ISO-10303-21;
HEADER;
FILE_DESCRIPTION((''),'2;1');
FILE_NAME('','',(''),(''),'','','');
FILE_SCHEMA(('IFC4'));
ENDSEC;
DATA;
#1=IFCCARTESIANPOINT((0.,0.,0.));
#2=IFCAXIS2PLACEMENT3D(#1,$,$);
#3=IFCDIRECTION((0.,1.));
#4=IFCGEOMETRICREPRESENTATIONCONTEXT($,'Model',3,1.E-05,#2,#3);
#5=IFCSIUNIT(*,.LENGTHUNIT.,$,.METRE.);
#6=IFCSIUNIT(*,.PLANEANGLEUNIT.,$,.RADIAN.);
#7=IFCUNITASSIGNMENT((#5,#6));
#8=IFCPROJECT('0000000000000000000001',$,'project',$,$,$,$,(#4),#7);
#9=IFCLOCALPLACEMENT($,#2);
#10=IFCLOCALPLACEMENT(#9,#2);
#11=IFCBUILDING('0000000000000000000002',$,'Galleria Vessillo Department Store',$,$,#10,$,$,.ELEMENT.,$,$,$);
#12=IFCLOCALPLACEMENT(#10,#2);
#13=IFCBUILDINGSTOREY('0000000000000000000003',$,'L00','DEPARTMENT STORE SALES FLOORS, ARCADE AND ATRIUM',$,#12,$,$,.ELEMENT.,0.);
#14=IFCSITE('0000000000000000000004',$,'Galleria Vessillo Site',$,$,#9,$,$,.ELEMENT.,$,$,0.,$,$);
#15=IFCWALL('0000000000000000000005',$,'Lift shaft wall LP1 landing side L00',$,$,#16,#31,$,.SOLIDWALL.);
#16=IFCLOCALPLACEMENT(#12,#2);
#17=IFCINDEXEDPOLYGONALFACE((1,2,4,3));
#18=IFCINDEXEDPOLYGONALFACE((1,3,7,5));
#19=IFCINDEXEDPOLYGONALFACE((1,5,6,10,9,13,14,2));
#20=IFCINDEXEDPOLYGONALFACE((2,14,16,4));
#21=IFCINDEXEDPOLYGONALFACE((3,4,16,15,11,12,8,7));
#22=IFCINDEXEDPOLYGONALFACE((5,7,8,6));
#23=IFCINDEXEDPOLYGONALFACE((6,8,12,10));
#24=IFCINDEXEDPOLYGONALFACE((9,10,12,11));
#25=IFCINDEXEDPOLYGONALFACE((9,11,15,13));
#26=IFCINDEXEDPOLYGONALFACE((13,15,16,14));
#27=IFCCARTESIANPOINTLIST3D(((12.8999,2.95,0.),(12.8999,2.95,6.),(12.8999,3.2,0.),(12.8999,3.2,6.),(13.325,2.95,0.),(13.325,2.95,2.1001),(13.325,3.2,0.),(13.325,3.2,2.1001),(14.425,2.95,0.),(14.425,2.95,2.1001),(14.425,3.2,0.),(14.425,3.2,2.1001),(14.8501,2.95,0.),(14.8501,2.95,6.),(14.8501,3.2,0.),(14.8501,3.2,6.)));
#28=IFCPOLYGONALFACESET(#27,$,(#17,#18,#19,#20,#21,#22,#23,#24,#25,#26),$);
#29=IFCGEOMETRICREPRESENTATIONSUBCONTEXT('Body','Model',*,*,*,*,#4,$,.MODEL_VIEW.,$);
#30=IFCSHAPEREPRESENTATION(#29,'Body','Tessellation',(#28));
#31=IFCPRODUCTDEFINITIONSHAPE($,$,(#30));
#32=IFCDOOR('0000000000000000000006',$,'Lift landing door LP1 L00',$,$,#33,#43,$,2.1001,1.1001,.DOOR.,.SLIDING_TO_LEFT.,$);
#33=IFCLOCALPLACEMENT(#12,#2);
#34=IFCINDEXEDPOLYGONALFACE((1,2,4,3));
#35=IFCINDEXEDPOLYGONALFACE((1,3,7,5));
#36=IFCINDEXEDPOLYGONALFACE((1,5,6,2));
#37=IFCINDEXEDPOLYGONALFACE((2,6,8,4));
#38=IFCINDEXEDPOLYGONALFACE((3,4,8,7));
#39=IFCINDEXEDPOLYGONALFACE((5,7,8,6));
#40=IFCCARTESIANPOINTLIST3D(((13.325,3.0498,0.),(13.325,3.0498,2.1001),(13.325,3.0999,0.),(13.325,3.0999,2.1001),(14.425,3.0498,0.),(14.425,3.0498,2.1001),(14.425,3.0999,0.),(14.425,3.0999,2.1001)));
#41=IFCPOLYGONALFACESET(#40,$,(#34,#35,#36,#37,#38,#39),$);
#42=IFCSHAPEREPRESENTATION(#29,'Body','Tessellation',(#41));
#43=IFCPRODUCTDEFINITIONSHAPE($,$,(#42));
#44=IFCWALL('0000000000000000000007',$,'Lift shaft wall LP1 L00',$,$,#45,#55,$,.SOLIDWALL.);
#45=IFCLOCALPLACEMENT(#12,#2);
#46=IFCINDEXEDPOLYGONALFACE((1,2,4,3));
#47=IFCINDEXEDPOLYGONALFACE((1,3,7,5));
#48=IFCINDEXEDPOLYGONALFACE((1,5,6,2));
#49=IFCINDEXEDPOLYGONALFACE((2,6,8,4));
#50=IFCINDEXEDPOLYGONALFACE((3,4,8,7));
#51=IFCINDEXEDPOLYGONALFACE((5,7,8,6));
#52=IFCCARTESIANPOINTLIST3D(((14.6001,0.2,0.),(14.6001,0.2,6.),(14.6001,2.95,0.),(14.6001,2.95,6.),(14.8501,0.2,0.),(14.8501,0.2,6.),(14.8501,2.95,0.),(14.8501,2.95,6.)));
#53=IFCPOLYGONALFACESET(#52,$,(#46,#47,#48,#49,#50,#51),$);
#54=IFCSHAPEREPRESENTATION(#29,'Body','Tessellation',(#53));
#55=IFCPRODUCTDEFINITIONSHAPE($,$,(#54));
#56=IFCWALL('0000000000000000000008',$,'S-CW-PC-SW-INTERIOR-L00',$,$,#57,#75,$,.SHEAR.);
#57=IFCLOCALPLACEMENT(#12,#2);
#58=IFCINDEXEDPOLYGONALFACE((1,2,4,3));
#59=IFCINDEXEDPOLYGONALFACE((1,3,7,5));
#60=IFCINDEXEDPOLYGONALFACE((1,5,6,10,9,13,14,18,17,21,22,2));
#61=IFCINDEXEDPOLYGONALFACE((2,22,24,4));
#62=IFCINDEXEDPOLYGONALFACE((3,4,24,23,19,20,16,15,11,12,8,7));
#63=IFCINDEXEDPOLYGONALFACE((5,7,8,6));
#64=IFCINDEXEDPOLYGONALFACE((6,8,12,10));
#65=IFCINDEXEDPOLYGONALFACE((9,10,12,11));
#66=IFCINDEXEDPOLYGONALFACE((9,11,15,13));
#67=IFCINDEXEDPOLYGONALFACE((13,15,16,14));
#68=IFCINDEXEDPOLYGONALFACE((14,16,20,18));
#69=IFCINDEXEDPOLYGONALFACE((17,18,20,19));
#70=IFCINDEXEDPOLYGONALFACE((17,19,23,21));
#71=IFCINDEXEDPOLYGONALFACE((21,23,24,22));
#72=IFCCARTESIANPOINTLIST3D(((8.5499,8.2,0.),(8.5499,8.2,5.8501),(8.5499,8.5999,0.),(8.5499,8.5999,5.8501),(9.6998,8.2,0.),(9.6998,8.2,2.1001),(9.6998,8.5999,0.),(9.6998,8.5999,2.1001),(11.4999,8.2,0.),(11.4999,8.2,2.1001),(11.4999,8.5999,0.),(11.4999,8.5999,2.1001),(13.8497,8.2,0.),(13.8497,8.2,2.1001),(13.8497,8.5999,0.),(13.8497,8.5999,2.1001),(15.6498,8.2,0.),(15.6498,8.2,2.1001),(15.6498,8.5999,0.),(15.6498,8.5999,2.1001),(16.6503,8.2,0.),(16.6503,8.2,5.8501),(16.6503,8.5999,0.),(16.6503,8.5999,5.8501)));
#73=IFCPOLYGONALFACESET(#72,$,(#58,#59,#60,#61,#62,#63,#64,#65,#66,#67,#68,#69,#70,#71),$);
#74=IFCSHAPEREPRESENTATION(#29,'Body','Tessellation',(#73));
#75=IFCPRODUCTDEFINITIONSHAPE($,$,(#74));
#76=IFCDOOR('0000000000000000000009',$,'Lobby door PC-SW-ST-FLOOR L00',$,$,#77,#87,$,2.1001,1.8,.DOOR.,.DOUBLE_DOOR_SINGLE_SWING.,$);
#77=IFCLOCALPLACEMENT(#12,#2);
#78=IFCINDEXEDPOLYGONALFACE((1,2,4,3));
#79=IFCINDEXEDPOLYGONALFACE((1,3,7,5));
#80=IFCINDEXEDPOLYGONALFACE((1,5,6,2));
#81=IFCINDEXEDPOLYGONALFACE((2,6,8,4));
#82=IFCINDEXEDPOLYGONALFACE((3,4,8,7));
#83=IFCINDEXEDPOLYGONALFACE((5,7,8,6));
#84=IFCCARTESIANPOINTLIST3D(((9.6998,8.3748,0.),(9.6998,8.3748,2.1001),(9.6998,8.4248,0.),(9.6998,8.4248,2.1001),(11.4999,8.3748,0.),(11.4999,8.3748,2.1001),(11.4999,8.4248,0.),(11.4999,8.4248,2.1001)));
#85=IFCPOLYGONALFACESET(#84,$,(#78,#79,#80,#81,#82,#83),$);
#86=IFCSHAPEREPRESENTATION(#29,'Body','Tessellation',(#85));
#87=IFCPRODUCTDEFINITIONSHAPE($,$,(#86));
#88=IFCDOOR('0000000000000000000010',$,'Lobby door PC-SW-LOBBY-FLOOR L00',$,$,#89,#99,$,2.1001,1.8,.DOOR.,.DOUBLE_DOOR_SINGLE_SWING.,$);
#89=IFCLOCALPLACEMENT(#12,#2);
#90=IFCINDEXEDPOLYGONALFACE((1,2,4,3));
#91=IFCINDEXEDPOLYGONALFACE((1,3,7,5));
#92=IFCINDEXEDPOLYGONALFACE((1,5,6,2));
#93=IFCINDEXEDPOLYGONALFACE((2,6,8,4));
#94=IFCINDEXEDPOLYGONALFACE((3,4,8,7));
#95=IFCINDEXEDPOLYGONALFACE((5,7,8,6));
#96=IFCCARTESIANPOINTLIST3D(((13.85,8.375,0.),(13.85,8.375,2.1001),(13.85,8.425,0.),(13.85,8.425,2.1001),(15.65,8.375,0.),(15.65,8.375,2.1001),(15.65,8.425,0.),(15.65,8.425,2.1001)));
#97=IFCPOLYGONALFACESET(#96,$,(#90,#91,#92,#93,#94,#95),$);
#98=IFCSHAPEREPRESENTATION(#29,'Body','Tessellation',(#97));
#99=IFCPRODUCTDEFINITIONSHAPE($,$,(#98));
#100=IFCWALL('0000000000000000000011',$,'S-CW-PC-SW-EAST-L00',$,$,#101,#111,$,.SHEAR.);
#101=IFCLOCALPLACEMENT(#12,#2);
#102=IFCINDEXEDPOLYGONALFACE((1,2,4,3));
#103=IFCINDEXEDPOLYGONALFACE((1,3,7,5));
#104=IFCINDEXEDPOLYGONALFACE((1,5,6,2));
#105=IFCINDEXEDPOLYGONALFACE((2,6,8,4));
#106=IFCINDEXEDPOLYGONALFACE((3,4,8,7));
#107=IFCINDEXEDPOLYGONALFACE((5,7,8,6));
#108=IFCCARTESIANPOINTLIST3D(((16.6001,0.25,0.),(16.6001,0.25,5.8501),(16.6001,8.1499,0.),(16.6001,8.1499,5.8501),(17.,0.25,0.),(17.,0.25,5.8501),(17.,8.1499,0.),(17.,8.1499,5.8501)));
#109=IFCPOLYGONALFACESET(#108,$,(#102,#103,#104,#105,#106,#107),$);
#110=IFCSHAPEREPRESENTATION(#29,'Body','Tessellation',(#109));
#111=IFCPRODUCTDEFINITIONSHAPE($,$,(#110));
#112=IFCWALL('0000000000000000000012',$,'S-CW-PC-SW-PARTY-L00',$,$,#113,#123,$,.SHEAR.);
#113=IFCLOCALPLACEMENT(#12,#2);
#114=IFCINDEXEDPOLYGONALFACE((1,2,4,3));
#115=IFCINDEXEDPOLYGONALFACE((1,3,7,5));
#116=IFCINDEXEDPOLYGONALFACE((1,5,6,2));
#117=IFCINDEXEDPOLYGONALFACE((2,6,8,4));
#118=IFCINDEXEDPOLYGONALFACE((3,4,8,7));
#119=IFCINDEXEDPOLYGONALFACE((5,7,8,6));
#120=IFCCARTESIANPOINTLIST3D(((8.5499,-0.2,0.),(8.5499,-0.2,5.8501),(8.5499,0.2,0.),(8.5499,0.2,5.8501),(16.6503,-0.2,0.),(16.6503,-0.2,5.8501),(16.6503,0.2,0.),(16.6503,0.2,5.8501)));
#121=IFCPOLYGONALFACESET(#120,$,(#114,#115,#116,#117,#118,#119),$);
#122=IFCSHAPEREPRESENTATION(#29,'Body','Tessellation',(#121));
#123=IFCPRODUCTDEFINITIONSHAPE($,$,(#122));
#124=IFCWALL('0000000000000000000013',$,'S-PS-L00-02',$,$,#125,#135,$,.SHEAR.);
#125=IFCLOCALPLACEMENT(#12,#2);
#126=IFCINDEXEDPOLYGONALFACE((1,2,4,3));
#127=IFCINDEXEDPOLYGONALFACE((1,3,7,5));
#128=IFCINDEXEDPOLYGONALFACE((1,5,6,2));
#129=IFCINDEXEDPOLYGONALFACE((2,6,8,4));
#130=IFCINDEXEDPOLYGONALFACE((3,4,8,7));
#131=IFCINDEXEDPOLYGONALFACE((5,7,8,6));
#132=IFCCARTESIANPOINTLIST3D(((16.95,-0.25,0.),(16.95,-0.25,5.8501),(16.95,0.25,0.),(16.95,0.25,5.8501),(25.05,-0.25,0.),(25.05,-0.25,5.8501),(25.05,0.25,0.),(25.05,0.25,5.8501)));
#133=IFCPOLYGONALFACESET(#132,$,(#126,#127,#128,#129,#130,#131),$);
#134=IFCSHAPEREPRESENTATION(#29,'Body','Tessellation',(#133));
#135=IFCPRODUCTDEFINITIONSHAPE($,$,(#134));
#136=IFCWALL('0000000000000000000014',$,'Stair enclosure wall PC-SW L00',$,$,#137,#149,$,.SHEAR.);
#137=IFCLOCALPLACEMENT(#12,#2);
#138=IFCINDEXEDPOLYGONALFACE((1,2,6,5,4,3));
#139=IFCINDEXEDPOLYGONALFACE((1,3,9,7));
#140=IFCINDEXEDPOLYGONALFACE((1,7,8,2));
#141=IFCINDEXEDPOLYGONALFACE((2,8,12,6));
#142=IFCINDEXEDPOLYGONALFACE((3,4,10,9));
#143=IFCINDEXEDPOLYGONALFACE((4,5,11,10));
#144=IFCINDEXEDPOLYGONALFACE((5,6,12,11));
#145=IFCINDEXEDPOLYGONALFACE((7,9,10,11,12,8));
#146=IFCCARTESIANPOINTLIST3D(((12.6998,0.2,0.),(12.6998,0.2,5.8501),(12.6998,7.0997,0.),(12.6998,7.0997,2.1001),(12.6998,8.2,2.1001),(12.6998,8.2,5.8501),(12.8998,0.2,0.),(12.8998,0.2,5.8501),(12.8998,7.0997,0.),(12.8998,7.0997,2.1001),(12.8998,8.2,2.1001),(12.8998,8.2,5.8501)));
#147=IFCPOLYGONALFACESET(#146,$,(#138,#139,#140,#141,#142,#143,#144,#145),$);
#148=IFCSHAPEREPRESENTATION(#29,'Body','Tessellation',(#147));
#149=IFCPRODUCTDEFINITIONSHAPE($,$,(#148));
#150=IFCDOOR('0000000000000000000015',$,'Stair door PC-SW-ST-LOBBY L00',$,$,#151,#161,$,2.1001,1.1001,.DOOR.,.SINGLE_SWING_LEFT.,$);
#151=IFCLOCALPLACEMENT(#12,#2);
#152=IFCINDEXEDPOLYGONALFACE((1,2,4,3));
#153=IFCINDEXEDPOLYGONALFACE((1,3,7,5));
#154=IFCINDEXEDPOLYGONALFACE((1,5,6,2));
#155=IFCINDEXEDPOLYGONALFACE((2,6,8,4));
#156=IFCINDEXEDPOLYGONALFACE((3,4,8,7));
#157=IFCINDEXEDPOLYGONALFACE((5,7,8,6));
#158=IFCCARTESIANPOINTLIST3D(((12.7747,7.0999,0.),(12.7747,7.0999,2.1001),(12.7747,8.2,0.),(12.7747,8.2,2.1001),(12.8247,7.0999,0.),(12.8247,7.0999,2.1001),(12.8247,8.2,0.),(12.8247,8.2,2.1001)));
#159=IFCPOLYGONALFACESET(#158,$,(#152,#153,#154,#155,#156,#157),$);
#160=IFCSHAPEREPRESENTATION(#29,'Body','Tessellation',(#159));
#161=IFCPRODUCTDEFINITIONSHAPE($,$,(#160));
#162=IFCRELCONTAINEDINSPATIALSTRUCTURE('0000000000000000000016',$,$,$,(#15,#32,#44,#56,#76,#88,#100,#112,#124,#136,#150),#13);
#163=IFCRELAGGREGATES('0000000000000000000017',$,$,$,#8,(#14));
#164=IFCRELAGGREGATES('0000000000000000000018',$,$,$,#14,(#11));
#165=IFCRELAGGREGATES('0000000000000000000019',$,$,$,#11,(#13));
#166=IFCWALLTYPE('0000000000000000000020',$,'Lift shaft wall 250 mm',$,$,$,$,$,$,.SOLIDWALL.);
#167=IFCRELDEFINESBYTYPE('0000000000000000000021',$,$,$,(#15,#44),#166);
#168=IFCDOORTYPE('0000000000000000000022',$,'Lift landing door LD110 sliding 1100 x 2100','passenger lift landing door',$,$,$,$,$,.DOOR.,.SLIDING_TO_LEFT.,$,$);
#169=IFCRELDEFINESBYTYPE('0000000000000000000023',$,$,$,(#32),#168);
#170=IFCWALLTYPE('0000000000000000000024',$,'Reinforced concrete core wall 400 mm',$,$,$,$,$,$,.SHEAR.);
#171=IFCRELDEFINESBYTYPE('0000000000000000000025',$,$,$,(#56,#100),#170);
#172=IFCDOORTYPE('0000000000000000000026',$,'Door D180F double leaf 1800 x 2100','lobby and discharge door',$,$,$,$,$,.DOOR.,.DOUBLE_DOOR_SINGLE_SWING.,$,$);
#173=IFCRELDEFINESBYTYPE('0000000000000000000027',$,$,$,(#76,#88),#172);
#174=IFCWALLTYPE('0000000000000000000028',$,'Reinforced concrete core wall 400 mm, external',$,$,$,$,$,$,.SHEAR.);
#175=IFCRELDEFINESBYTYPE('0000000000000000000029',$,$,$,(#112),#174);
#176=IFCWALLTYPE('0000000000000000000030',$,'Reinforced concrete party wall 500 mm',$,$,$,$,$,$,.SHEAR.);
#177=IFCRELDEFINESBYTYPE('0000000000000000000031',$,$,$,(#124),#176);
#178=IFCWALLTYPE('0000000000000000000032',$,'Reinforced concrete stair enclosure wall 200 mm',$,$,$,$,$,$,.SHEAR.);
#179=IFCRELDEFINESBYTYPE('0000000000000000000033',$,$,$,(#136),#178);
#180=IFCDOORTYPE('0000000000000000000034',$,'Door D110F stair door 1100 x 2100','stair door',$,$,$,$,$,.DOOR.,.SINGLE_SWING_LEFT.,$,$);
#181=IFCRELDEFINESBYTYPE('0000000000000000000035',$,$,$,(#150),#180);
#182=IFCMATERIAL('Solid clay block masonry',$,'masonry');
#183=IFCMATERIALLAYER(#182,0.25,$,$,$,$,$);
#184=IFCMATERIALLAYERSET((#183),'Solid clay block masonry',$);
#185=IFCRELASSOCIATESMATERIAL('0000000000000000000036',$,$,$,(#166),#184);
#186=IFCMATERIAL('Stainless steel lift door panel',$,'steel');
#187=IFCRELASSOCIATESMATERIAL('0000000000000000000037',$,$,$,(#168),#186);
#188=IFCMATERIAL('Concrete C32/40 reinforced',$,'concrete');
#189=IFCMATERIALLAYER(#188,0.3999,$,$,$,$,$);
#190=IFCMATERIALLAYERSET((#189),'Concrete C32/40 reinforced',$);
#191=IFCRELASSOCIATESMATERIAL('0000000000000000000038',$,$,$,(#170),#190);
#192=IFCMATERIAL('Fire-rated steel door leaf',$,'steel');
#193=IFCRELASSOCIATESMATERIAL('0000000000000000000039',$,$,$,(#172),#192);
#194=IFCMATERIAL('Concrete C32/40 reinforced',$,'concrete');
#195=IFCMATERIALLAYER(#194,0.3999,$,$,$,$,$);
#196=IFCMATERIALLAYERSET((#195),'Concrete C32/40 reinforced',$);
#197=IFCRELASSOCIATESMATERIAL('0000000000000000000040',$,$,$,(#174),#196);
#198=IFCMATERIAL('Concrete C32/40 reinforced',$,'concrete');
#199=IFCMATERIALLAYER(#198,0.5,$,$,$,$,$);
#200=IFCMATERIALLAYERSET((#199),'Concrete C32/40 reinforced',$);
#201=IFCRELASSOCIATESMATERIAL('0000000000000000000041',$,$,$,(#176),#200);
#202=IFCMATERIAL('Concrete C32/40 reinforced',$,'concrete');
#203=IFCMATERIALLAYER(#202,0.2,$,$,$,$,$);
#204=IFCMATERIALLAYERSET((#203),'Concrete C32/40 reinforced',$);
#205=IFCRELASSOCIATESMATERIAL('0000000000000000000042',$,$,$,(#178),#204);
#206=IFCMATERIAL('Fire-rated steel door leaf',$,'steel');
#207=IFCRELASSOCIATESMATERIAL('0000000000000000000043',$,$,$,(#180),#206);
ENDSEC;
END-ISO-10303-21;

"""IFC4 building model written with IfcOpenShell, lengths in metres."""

from ifc_helpers import new_model, si_unit, direction, frame, frame_2d, origin, place, context, subcontext, project, spatial, rectangle, extrude, material, layer, layer_set, type_object, element, fill, save


model = new_model("IFC4")

# Units and contexts
model_context = context("Model", 3, precision=1e-05, world=origin(), true_north=direction((0.0, 1.0)))
body_context = subcontext(model_context, "Body", "Model", "MODEL_VIEW")
ifc_project = project(units=[si_unit("LENGTHUNIT", "METRE"), si_unit("PLANEANGLEUNIT", "RADIAN")], contexts=[model_context])

# Site, building, storey
site_placement = place(None, origin())
site = spatial("IfcSite", under=ifc_project, at=site_placement, Name="Galleria Vessillo Site", CompositionType="ELEMENT", RefElevation=0.0)
building_placement = place(site_placement, origin())
building = spatial("IfcBuilding", under=site, at=building_placement, Name="Galleria Vessillo Department Store", CompositionType="ELEMENT")
storey_placement = place(building_placement, origin())
storey = spatial("IfcBuildingStorey", under=building, at=storey_placement, Name="L00", Description="DEPARTMENT STORE SALES FLOORS, ARCADE AND ATRIUM", CompositionType="ELEMENT", Elevation=0.0)

# Wall, opening, door
ifc_material_1 = material(Name="Solid clay block masonry", Category="masonry")
ifc_layer_1 = layer(ifc_material_1, 0.25)
ifc_layer_set_1 = layer_set([ifc_layer_1], Name="Solid clay block masonry")
wall_type_1 = type_object("IfcWallType", Name="Lift shaft wall 250 mm", PredefinedType="SOLIDWALL", material=ifc_layer_set_1)
wall_1_placement = place(storey_placement, frame((12.8999, 3.075, 0.0), z_axis=(0.0, 0.0, 1.0), x_axis=(1.0, 0.0, 0.0)))
wall_1 = element("IfcWall", 1, at=wall_1_placement, inside=storey, type_object=wall_type_1, Name="Lift shaft wall LP1 landing side L00", PredefinedType="SOLIDWALL", context=body_context, shape_type="SweptSolid", body=[
    extrude(rectangle(XDim=1.9502, YDim=0.25, at=frame_2d((0.9751, 0.0))), origin(), (0.0, 0.0, 1.0), 6.0),
])
opening_1_placement = place(wall_1_placement, frame((0.425, 0.0, 0.0)))
opening_1 = element("IfcOpeningElement", 2, at=opening_1_placement, cuts=wall_1, PredefinedType="OPENING", context=body_context, shape_type="SweptSolid", body=[
    extrude(rectangle(XDim=1.1001, YDim=2.1001, at=frame_2d((0.55, 1.05))), frame((0.0, 0.135, 0.0), z_axis=(0.0, -1.0, 0.0), x_axis=(1.0, 0.0, 0.0)), (0.0, 0.0, 1.0), 0.27),
])
ifc_material_2 = material(Name="Stainless steel lift door panel", Category="steel")
door_type_1 = type_object("IfcDoorType", Name="Lift landing door LD110 sliding 1100 x 2100", Description="passenger lift landing door", OperationType="SLIDING_TO_LEFT", PredefinedType="DOOR", material=ifc_material_2)
door_1_placement = place(opening_1_placement, origin())
door_1 = element("IfcDoor", 3, at=door_1_placement, inside=storey, type_object=door_type_1, Name="Lift landing door LP1 L00", OperationType="SLIDING_TO_LEFT", OverallHeight=2.1001, OverallWidth=1.1001, PredefinedType="DOOR", context=body_context, shape_type="SweptSolid", body=[
    extrude(rectangle(XDim=1.1001, YDim=2.1001, at=frame_2d((0.55, 1.05))), frame((0.0, 0.0249, 0.0), z_axis=(0.0, -1.0, 0.0), x_axis=(1.0, 0.0, 0.0)), (0.0, 0.0, 1.0), 0.05),
])
fill(opening_1, door_1)

# Wall
wall_2_placement = place(storey_placement, frame((14.7251, 0.2, 0.0), z_axis=(0.0, 0.0, 1.0), x_axis=(0.0, 1.0, 0.0)))
element("IfcWall", 4, at=wall_2_placement, inside=storey, type_object=wall_type_1, Name="Lift shaft wall LP1 L00", PredefinedType="SOLIDWALL", context=body_context, shape_type="SweptSolid", body=[
    extrude(rectangle(XDim=2.75, YDim=0.25, at=frame_2d((1.375, 0.0))), origin(), (0.0, 0.0, 1.0), 6.0),
])

# Wall, openings, doors
ifc_material_3 = material(Name="Concrete C32/40 reinforced", Category="concrete")
ifc_layer_2 = layer(ifc_material_3, 0.3999)
ifc_layer_set_2 = layer_set([ifc_layer_2], Name="Concrete C32/40 reinforced")
wall_type_2 = type_object("IfcWallType", Name="Reinforced concrete core wall 400 mm", PredefinedType="SHEAR", material=ifc_layer_set_2)
wall_3_placement = place(storey_placement, frame((8.5498, 8.3999, 0.0), z_axis=(0.0, 0.0, 1.0), x_axis=(1.0, 0.0, 0.0)))
wall_3 = element("IfcWall", 5, at=wall_3_placement, inside=storey, type_object=wall_type_2, Name="S-CW-PC-SW-INTERIOR-L00", PredefinedType="SHEAR", context=body_context, shape_type="SweptSolid", body=[
    extrude(rectangle(XDim=8.1003, YDim=0.3999, at=frame_2d((4.0503, 0.0))), origin(), (0.0, 0.0, 1.0), 5.8501),
])
opening_2_placement = place(wall_3_placement, frame((1.1501, 0.0, 0.0)))
opening_2 = element("IfcOpeningElement", 6, at=opening_2_placement, cuts=wall_3, PredefinedType="OPENING", context=body_context, shape_type="SweptSolid", body=[
    extrude(rectangle(XDim=1.8, YDim=2.1001, at=frame_2d((0.8999, 1.05))), frame((0.0, 0.21, 0.0), z_axis=(0.0, -1.0, 0.0), x_axis=(1.0, 0.0, 0.0)), (0.0, 0.0, 1.0), 0.4199),
])
opening_3_placement = place(wall_3_placement, frame((5.3, 0.0, 0.0)))
opening_3 = element("IfcOpeningElement", 7, at=opening_3_placement, cuts=wall_3, PredefinedType="OPENING", context=body_context, shape_type="SweptSolid", body=[
    extrude(rectangle(XDim=1.8, YDim=2.1001, at=frame_2d((0.8999, 1.05))), frame((0.0, 0.21, 0.0), z_axis=(0.0, -1.0, 0.0), x_axis=(1.0, 0.0, 0.0)), (0.0, 0.0, 1.0), 0.4199),
])
ifc_material_4 = material(Name="Fire-rated steel door leaf", Category="steel")
door_type_2 = type_object("IfcDoorType", Name="Door D180F double leaf 1800 x 2100", Description="lobby and discharge door", OperationType="DOUBLE_DOOR_SINGLE_SWING", PredefinedType="DOOR", material=ifc_material_4)
door_2_placement = place(opening_2_placement, origin())
door_2 = element("IfcDoor", 8, at=door_2_placement, inside=storey, type_object=door_type_2, Name="Lobby door PC-SW-ST-FLOOR L00", OperationType="DOUBLE_DOOR_SINGLE_SWING", OverallHeight=2.1001, OverallWidth=1.8, PredefinedType="DOOR", context=body_context, shape_type="SweptSolid", body=[
    extrude(rectangle(XDim=1.8, YDim=2.1001, at=frame_2d((0.8999, 1.05))), frame((0.0, 0.0249, 0.0), z_axis=(0.0, -1.0, 0.0), x_axis=(1.0, 0.0, 0.0)), (0.0, 0.0, 1.0), 0.05),
])
fill(opening_2, door_2)
door_3_placement = place(opening_3_placement, frame((1.8, 0.0, 0.0), z_axis=(0.0, 0.0, 1.0), x_axis=(-1.0, 0.0, 0.0)))
door_3 = element("IfcDoor", 9, at=door_3_placement, inside=storey, type_object=door_type_2, Name="Lobby door PC-SW-LOBBY-FLOOR L00", OperationType="DOUBLE_DOOR_SINGLE_SWING", OverallHeight=2.1001, OverallWidth=1.8, PredefinedType="DOOR", context=body_context, shape_type="SweptSolid", body=[
    extrude(rectangle(XDim=1.8, YDim=2.1001, at=frame_2d((0.8999, 1.05))), frame((0.0, 0.0249, 0.0), z_axis=(0.0, -1.0, 0.0), x_axis=(1.0, 0.0, 0.0)), (0.0, 0.0, 1.0), 0.05),
])
fill(opening_3, door_3)

# Walls
wall_4_placement = place(storey_placement, frame((16.8, 0.25, 0.0), z_axis=(0.0, 0.0, 1.0), x_axis=(0.0, 1.0, 0.0)))
element("IfcWall", 10, at=wall_4_placement, inside=storey, type_object=wall_type_2, Name="S-CW-PC-SW-EAST-L00", PredefinedType="SHEAR", context=body_context, shape_type="SweptSolid", body=[
    extrude(rectangle(XDim=7.8999, YDim=0.3999, at=frame_2d((3.95, 0.0))), origin(), (0.0, 0.0, 1.0), 5.8501),
])
ifc_material_5 = material(Name="Concrete C32/40 reinforced", Category="concrete")
ifc_layer_3 = layer(ifc_material_5, 0.3999)
ifc_layer_set_3 = layer_set([ifc_layer_3], Name="Concrete C32/40 reinforced")
wall_type_3 = type_object("IfcWallType", Name="Reinforced concrete core wall 400 mm, external", PredefinedType="SHEAR", material=ifc_layer_set_3)
wall_5_placement = place(storey_placement, frame((8.5498, 0.0, 0.0), z_axis=(0.0, 0.0, 1.0), x_axis=(1.0, 0.0, 0.0)))
element("IfcWall", 11, at=wall_5_placement, inside=storey, type_object=wall_type_3, Name="S-CW-PC-SW-PARTY-L00", PredefinedType="SHEAR", context=body_context, shape_type="SweptSolid", body=[
    extrude(rectangle(XDim=8.1003, YDim=0.3999, at=frame_2d((4.0503, 0.0))), origin(), (0.0, 0.0, 1.0), 5.8501),
])
ifc_material_6 = material(Name="Concrete C32/40 reinforced", Category="concrete")
ifc_layer_4 = layer(ifc_material_6, 0.5)
ifc_layer_set_4 = layer_set([ifc_layer_4], Name="Concrete C32/40 reinforced")
wall_type_4 = type_object("IfcWallType", Name="Reinforced concrete party wall 500 mm", PredefinedType="SHEAR", material=ifc_layer_set_4)
wall_6_placement = place(storey_placement, frame((16.95, 0.0, 0.0), z_axis=(0.0, 0.0, 1.0), x_axis=(1.0, 0.0, 0.0)))
element("IfcWall", 12, at=wall_6_placement, inside=storey, type_object=wall_type_4, Name="S-PS-L00-02", PredefinedType="SHEAR", context=body_context, shape_type="SweptSolid", body=[
    extrude(rectangle(XDim=8.1001, YDim=0.5, at=frame_2d((4.05, 0.0))), origin(), (0.0, 0.0, 1.0), 5.8501),
])

# Wall, opening, door
ifc_material_7 = material(Name="Concrete C32/40 reinforced", Category="concrete")
ifc_layer_5 = layer(ifc_material_7, 0.2)
ifc_layer_set_5 = layer_set([ifc_layer_5], Name="Concrete C32/40 reinforced")
wall_type_5 = type_object("IfcWallType", Name="Reinforced concrete stair enclosure wall 200 mm", PredefinedType="SHEAR", material=ifc_layer_set_5)
wall_7_placement = place(storey_placement, frame((12.7998, 0.2, 0.0), z_axis=(0.0, 0.0, 1.0), x_axis=(0.0, 1.0, 0.0)))
wall_7 = element("IfcWall", 13, at=wall_7_placement, inside=storey, type_object=wall_type_5, Name="Stair enclosure wall PC-SW L00", PredefinedType="SHEAR", context=body_context, shape_type="SweptSolid", body=[
    extrude(rectangle(XDim=8.0, YDim=0.2, at=frame_2d((4.0, 0.0))), origin(), (0.0, 0.0, 1.0), 5.8501),
])
opening_4_placement = place(wall_7_placement, frame((6.8999, 0.0, 0.0)))
opening_4 = element("IfcOpeningElement", 14, at=opening_4_placement, cuts=wall_7, PredefinedType="OPENING", context=body_context, shape_type="SweptSolid", body=[
    extrude(rectangle(XDim=1.1101, YDim=2.1001, at=frame_2d((0.5549, 1.05))), frame((0.0, 0.1099, 0.0), z_axis=(0.0, -1.0, 0.0), x_axis=(1.0, 0.0, 0.0)), (0.0, 0.0, 1.0), 0.22),
])
ifc_material_8 = material(Name="Fire-rated steel door leaf", Category="steel")
door_type_3 = type_object("IfcDoorType", Name="Door D110F stair door 1100 x 2100", Description="stair door", OperationType="SINGLE_SWING_LEFT", PredefinedType="DOOR", material=ifc_material_8)
door_4_placement = place(opening_4_placement, frame((1.1001, 0.0, 0.0), z_axis=(0.0, 0.0, 1.0), x_axis=(-1.0, 0.0, 0.0)))
door_4 = element("IfcDoor", 15, at=door_4_placement, inside=storey, type_object=door_type_3, Name="Stair door PC-SW-ST-LOBBY L00", OperationType="SINGLE_SWING_LEFT", OverallHeight=2.1001, OverallWidth=1.1001, PredefinedType="DOOR", context=body_context, shape_type="SweptSolid", body=[
    extrude(rectangle(XDim=1.1001, YDim=2.1001, at=frame_2d((0.55, 1.05))), frame((0.0, 0.0249, 0.0), z_axis=(0.0, -1.0, 0.0), x_axis=(1.0, 0.0, 0.0)), (0.0, 0.0, 1.0), 0.05),
])
fill(opening_4, door_4)

save(model, "model.ifc")
